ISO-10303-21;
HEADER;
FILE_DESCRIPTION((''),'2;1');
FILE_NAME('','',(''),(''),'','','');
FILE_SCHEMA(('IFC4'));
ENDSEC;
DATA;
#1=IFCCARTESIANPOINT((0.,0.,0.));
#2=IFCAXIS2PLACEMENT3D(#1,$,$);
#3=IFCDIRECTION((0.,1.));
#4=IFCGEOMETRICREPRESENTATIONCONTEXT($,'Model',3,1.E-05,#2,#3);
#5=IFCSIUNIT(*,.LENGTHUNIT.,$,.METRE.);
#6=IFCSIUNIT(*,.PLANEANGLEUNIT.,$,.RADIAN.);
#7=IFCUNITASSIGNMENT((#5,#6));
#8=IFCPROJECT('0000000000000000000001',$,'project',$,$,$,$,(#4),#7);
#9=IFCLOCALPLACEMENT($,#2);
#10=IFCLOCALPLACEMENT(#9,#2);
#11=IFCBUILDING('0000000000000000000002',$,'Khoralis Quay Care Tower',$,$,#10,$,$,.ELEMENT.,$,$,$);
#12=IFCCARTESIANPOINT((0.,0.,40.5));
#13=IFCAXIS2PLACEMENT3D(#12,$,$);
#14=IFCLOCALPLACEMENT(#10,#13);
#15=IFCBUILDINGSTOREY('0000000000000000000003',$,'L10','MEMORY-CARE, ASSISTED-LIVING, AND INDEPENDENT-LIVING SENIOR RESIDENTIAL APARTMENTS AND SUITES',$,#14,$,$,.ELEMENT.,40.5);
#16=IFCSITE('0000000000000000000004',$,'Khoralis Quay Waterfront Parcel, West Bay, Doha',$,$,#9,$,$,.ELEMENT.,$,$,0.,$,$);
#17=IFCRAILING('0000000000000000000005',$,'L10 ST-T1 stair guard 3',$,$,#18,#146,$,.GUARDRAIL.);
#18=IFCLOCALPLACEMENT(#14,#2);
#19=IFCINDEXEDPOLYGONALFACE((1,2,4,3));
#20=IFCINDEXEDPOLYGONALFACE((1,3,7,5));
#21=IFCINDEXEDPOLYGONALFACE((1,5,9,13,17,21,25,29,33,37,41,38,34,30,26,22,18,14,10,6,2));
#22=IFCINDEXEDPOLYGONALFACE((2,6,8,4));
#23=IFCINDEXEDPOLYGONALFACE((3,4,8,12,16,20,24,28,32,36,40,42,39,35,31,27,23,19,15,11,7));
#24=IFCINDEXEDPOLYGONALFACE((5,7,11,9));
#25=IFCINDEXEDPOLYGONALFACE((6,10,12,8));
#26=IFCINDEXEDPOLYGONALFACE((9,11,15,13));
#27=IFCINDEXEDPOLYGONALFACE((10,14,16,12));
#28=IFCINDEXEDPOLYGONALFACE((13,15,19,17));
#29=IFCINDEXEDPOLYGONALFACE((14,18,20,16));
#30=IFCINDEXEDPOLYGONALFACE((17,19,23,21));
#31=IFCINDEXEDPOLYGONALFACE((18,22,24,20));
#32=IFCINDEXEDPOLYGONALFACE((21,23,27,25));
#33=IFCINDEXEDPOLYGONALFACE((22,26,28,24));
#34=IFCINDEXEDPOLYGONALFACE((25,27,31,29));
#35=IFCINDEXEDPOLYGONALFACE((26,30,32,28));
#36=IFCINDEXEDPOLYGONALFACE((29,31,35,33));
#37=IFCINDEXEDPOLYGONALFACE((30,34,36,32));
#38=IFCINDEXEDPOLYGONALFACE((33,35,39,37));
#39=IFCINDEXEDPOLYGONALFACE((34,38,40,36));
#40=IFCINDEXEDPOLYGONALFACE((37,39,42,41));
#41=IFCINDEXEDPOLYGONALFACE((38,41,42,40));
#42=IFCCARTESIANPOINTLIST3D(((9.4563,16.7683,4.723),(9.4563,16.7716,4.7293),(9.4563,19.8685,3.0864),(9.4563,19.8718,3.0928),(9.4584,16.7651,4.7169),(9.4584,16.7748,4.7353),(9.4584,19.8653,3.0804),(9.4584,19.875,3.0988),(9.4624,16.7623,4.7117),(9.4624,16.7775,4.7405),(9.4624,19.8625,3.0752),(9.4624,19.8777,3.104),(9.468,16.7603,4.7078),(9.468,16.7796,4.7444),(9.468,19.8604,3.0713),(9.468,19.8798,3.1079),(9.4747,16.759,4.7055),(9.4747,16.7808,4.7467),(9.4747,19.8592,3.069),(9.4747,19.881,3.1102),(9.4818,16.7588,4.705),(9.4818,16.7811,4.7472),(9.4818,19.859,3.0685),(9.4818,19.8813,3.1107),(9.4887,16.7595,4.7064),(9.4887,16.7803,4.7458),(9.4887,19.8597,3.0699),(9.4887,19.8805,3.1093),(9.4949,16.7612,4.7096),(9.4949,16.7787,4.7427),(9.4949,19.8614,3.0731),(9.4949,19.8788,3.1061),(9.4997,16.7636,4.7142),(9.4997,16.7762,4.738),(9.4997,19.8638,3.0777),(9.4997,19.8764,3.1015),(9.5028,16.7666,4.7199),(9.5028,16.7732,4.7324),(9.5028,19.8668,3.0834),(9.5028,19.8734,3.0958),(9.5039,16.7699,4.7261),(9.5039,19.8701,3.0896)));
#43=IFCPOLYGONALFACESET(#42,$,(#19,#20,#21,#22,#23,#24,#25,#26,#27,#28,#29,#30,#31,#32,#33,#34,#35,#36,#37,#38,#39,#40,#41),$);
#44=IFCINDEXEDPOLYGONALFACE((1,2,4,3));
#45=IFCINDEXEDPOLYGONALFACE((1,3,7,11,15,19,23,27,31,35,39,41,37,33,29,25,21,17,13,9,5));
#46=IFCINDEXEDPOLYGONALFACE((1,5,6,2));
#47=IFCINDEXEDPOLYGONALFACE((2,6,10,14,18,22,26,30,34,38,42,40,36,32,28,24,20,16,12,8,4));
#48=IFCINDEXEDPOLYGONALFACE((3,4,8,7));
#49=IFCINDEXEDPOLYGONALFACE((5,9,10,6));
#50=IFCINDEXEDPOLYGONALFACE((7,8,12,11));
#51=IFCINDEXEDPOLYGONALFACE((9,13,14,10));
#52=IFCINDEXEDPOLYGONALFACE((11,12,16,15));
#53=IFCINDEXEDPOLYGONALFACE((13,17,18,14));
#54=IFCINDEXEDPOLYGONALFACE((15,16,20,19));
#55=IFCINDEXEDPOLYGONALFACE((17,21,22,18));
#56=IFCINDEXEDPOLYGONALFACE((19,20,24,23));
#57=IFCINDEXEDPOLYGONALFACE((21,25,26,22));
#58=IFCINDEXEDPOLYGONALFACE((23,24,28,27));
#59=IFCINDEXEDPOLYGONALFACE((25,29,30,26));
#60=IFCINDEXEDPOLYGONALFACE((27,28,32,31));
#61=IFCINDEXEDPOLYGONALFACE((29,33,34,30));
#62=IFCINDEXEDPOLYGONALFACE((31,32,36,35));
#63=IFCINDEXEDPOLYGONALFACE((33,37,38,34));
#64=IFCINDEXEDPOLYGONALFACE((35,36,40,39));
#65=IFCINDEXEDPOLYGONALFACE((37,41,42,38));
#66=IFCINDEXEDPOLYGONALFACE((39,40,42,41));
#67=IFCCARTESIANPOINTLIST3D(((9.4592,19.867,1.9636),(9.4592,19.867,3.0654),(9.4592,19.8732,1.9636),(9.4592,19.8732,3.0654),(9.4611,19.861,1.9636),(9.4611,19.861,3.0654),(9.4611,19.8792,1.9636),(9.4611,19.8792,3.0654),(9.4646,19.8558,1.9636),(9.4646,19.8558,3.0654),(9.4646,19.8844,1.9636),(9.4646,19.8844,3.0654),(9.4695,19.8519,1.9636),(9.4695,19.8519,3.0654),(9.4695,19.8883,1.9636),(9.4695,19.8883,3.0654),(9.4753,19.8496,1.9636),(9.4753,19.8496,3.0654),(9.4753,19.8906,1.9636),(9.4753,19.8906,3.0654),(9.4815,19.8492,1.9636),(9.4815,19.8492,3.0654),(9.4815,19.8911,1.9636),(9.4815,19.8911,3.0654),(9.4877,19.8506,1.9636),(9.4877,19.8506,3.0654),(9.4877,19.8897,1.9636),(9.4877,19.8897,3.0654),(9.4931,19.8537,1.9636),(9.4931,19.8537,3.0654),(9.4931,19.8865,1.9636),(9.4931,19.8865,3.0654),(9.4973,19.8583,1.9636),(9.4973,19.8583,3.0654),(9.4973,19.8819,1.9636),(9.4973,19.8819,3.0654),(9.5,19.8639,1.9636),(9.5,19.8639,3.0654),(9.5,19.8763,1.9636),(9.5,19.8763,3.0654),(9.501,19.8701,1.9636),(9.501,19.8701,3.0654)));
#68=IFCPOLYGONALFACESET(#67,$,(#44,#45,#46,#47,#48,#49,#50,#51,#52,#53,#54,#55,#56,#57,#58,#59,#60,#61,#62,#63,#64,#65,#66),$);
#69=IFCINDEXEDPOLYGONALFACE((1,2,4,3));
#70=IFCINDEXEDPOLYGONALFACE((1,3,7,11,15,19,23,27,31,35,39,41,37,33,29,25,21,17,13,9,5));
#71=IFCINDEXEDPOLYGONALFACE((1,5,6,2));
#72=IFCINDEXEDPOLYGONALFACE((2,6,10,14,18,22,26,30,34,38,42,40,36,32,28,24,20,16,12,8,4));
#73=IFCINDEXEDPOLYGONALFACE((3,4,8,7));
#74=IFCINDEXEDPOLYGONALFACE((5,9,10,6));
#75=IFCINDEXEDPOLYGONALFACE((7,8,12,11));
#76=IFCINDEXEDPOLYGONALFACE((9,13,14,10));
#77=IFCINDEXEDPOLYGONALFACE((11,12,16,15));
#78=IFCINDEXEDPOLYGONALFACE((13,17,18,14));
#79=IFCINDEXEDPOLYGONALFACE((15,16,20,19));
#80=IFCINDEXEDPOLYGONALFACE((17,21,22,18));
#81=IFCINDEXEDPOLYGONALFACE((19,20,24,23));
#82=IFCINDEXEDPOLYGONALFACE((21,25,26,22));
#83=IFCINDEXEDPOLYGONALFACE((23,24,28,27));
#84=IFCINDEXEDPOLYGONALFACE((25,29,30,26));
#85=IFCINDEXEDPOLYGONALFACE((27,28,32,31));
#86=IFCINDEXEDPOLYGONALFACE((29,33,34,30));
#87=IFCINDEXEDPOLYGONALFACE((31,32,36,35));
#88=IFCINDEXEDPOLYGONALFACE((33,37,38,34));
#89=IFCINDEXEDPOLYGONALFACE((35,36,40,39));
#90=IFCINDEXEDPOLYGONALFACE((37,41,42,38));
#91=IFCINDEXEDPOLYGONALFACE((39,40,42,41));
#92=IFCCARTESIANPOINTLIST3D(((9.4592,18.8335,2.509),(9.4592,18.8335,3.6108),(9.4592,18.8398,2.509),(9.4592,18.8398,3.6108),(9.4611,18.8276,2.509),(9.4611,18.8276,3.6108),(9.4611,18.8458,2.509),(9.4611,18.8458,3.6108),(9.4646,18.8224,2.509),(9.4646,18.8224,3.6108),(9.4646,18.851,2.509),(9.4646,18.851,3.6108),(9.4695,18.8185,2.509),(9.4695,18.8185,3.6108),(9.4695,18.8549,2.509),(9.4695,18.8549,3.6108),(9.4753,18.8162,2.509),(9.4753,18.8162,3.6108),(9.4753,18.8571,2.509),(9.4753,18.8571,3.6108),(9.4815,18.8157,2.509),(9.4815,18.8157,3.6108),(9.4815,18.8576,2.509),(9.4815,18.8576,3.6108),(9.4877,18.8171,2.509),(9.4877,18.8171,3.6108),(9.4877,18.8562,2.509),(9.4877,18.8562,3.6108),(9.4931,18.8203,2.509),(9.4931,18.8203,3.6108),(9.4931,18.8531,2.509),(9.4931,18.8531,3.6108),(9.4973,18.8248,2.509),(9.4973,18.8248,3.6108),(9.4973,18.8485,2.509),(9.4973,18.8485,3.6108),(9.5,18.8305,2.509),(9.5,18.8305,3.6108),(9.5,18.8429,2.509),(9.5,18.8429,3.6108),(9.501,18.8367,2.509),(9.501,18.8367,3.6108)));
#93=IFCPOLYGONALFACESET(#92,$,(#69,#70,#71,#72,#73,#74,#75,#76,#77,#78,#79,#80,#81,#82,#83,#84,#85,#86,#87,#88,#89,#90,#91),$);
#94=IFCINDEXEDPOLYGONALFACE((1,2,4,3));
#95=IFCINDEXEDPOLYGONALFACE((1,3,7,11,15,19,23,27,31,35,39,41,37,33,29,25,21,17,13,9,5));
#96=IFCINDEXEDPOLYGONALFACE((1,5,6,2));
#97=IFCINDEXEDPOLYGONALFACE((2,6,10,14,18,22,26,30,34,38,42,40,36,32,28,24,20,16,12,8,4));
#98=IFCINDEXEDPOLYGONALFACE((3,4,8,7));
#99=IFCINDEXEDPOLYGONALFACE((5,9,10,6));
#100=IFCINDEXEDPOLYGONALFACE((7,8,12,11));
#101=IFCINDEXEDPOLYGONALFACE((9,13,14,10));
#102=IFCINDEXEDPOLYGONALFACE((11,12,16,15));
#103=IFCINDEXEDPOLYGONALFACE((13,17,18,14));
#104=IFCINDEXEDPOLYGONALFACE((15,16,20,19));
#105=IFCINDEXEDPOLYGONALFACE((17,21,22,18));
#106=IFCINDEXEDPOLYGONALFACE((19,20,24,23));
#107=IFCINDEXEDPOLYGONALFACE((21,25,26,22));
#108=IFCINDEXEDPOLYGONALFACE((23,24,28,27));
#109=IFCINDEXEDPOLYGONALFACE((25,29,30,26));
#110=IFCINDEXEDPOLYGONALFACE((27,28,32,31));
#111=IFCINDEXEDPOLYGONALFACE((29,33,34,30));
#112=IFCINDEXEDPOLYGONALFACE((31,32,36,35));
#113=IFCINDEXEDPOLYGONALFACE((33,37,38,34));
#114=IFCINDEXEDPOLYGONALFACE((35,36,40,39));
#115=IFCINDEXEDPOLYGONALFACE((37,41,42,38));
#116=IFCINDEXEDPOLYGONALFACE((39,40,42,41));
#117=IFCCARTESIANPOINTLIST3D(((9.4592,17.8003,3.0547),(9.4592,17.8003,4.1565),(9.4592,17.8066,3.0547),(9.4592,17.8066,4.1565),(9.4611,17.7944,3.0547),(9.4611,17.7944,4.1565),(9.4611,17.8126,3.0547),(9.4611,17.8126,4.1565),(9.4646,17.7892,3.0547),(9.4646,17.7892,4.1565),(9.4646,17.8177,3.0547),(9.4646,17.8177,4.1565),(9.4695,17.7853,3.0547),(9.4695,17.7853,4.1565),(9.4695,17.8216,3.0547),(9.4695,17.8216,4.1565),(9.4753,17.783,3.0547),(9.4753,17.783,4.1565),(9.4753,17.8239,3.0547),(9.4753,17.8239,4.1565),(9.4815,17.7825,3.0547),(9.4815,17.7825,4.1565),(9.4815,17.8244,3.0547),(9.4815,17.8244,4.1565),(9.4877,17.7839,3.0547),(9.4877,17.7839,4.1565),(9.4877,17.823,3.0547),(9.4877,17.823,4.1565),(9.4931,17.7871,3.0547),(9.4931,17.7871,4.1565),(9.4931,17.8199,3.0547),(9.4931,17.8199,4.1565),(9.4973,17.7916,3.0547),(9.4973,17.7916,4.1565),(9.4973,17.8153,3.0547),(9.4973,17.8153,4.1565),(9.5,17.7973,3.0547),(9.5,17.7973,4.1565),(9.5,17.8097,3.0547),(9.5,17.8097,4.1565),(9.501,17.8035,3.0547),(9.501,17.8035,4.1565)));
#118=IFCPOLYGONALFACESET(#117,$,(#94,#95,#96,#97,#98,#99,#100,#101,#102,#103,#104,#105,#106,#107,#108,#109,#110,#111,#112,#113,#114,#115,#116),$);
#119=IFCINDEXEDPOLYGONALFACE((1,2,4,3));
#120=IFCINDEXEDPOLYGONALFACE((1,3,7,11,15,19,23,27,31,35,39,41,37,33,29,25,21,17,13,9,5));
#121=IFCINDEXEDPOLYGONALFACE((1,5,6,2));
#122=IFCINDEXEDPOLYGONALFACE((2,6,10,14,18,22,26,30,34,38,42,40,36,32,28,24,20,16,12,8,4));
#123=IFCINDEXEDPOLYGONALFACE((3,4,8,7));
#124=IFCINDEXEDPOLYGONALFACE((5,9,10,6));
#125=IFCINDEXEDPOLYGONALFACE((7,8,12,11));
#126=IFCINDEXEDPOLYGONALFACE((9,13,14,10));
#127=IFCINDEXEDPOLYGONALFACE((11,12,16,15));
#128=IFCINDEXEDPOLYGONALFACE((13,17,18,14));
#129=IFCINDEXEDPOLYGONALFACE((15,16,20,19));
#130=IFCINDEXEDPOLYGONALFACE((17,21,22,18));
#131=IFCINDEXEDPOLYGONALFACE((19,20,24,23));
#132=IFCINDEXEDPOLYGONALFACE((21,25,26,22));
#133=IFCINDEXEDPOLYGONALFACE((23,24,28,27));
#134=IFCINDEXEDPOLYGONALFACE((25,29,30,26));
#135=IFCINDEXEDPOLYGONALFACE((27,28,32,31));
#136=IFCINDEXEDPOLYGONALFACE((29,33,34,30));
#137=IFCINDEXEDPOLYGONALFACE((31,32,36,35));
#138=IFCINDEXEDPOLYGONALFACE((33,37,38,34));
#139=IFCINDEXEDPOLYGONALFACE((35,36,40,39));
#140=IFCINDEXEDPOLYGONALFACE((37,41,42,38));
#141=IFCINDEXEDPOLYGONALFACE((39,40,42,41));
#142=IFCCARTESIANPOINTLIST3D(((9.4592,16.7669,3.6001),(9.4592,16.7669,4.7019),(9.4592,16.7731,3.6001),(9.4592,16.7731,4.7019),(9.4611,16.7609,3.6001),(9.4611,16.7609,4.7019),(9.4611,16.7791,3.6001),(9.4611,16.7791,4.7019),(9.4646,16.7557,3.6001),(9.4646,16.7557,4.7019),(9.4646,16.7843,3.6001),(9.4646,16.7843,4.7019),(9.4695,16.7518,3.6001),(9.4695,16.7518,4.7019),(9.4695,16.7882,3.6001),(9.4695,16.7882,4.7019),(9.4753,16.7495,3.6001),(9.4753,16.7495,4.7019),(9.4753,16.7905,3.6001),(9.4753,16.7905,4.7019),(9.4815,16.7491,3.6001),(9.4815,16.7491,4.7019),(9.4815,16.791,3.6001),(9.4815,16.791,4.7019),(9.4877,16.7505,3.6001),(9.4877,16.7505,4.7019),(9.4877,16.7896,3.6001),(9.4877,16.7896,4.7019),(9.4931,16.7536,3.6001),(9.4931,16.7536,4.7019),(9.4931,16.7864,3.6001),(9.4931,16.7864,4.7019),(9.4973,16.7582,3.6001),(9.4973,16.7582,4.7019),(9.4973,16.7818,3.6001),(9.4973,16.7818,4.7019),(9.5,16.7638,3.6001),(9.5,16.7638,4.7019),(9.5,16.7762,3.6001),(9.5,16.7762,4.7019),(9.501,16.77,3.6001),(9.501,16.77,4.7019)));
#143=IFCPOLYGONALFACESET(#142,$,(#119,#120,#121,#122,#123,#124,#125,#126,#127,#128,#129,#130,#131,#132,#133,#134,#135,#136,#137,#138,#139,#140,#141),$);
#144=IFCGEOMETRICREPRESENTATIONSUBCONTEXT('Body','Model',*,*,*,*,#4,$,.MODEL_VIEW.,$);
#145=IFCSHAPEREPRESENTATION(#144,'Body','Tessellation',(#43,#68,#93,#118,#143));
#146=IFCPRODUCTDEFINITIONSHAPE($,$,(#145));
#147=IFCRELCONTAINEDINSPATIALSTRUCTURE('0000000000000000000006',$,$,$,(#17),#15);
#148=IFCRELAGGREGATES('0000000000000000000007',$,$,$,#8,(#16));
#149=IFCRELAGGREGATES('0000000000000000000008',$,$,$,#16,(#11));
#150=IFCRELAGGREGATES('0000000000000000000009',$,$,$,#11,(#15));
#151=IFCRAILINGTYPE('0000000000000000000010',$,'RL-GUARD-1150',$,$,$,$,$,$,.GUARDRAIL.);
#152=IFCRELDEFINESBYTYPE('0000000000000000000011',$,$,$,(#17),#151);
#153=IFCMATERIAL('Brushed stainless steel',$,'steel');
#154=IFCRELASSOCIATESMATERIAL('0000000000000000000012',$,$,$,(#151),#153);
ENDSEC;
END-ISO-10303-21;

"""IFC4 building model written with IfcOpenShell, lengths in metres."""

from ifc_helpers import new_model, si_unit, direction, frame, origin, origin_2d, place, context, subcontext, project, spatial, circle, extrude, material, type_object, element, save


model = new_model("IFC4")

# Units and contexts
model_context = context("Model", 3, precision=1e-05, world=origin(), true_north=direction((0.0, 1.0)))
body_context = subcontext(model_context, "Body", "Model", "MODEL_VIEW")
ifc_project = project(units=[si_unit("LENGTHUNIT", "METRE"), si_unit("PLANEANGLEUNIT", "RADIAN")], contexts=[model_context])

# Site, building, storey
site_placement = place(None, origin())
site = spatial("IfcSite", under=ifc_project, at=site_placement, Name="Khoralis Quay Waterfront Parcel, West Bay, Doha", CompositionType="ELEMENT", RefElevation=0.0)
building_placement = place(site_placement, origin())
building = spatial("IfcBuilding", under=site, at=building_placement, Name="Khoralis Quay Care Tower", CompositionType="ELEMENT")
storey_placement = place(building_placement, frame((0.0, 0.0, 40.5)))
storey = spatial("IfcBuildingStorey", under=building, at=storey_placement, Name="L10", Description="MEMORY-CARE, ASSISTED-LIVING, AND INDEPENDENT-LIVING SENIOR RESIDENTIAL APARTMENTS AND SUITES", CompositionType="ELEMENT", Elevation=40.5)

# Shared definitions
ifc_material_1 = material(Name="Brushed stainless steel", Category="steel")

# Railing
railing_type_1 = type_object("IfcRailingType", Name="RL-GUARD-1150", PredefinedType="GUARDRAIL", material=ifc_material_1)
railing_1_placement = place(storey_placement, frame((9.48, 19.8701, 1.9636)))
element("IfcRailing", 1, at=railing_1_placement, inside=storey, type_object=railing_type_1, Name="L10 ST-T1 stair guard 3", PredefinedType="GUARDRAIL", context=body_context, shape_type="SweptSolid", body=[
    extrude(circle(Radius=0.0239, at=origin_2d()), frame((0.0, 0.0, 1.126), z_axis=(0.0, -0.884348, 0.466828), x_axis=(1.0, 0.0, 0.0)), (0.0, 0.0, 1.0), 3.5056),
    extrude(circle(Radius=0.021, at=origin_2d()), origin(), (0.0, 0.0, 1.0), 1.1018),
    extrude(circle(Radius=0.021, at=origin_2d()), frame((0.0, -1.0334, 0.5454)), (0.0, 0.0, 1.0), 1.1018),
    extrude(circle(Radius=0.021, at=origin_2d()), frame((0.0, -2.0667, 1.0911)), (0.0, 0.0, 1.0), 1.1018),
    extrude(circle(Radius=0.021, at=origin_2d()), frame((0.0, -3.1001, 1.6365)), (0.0, 0.0, 1.0), 1.1018),
])

save(model, "model.ifc")
